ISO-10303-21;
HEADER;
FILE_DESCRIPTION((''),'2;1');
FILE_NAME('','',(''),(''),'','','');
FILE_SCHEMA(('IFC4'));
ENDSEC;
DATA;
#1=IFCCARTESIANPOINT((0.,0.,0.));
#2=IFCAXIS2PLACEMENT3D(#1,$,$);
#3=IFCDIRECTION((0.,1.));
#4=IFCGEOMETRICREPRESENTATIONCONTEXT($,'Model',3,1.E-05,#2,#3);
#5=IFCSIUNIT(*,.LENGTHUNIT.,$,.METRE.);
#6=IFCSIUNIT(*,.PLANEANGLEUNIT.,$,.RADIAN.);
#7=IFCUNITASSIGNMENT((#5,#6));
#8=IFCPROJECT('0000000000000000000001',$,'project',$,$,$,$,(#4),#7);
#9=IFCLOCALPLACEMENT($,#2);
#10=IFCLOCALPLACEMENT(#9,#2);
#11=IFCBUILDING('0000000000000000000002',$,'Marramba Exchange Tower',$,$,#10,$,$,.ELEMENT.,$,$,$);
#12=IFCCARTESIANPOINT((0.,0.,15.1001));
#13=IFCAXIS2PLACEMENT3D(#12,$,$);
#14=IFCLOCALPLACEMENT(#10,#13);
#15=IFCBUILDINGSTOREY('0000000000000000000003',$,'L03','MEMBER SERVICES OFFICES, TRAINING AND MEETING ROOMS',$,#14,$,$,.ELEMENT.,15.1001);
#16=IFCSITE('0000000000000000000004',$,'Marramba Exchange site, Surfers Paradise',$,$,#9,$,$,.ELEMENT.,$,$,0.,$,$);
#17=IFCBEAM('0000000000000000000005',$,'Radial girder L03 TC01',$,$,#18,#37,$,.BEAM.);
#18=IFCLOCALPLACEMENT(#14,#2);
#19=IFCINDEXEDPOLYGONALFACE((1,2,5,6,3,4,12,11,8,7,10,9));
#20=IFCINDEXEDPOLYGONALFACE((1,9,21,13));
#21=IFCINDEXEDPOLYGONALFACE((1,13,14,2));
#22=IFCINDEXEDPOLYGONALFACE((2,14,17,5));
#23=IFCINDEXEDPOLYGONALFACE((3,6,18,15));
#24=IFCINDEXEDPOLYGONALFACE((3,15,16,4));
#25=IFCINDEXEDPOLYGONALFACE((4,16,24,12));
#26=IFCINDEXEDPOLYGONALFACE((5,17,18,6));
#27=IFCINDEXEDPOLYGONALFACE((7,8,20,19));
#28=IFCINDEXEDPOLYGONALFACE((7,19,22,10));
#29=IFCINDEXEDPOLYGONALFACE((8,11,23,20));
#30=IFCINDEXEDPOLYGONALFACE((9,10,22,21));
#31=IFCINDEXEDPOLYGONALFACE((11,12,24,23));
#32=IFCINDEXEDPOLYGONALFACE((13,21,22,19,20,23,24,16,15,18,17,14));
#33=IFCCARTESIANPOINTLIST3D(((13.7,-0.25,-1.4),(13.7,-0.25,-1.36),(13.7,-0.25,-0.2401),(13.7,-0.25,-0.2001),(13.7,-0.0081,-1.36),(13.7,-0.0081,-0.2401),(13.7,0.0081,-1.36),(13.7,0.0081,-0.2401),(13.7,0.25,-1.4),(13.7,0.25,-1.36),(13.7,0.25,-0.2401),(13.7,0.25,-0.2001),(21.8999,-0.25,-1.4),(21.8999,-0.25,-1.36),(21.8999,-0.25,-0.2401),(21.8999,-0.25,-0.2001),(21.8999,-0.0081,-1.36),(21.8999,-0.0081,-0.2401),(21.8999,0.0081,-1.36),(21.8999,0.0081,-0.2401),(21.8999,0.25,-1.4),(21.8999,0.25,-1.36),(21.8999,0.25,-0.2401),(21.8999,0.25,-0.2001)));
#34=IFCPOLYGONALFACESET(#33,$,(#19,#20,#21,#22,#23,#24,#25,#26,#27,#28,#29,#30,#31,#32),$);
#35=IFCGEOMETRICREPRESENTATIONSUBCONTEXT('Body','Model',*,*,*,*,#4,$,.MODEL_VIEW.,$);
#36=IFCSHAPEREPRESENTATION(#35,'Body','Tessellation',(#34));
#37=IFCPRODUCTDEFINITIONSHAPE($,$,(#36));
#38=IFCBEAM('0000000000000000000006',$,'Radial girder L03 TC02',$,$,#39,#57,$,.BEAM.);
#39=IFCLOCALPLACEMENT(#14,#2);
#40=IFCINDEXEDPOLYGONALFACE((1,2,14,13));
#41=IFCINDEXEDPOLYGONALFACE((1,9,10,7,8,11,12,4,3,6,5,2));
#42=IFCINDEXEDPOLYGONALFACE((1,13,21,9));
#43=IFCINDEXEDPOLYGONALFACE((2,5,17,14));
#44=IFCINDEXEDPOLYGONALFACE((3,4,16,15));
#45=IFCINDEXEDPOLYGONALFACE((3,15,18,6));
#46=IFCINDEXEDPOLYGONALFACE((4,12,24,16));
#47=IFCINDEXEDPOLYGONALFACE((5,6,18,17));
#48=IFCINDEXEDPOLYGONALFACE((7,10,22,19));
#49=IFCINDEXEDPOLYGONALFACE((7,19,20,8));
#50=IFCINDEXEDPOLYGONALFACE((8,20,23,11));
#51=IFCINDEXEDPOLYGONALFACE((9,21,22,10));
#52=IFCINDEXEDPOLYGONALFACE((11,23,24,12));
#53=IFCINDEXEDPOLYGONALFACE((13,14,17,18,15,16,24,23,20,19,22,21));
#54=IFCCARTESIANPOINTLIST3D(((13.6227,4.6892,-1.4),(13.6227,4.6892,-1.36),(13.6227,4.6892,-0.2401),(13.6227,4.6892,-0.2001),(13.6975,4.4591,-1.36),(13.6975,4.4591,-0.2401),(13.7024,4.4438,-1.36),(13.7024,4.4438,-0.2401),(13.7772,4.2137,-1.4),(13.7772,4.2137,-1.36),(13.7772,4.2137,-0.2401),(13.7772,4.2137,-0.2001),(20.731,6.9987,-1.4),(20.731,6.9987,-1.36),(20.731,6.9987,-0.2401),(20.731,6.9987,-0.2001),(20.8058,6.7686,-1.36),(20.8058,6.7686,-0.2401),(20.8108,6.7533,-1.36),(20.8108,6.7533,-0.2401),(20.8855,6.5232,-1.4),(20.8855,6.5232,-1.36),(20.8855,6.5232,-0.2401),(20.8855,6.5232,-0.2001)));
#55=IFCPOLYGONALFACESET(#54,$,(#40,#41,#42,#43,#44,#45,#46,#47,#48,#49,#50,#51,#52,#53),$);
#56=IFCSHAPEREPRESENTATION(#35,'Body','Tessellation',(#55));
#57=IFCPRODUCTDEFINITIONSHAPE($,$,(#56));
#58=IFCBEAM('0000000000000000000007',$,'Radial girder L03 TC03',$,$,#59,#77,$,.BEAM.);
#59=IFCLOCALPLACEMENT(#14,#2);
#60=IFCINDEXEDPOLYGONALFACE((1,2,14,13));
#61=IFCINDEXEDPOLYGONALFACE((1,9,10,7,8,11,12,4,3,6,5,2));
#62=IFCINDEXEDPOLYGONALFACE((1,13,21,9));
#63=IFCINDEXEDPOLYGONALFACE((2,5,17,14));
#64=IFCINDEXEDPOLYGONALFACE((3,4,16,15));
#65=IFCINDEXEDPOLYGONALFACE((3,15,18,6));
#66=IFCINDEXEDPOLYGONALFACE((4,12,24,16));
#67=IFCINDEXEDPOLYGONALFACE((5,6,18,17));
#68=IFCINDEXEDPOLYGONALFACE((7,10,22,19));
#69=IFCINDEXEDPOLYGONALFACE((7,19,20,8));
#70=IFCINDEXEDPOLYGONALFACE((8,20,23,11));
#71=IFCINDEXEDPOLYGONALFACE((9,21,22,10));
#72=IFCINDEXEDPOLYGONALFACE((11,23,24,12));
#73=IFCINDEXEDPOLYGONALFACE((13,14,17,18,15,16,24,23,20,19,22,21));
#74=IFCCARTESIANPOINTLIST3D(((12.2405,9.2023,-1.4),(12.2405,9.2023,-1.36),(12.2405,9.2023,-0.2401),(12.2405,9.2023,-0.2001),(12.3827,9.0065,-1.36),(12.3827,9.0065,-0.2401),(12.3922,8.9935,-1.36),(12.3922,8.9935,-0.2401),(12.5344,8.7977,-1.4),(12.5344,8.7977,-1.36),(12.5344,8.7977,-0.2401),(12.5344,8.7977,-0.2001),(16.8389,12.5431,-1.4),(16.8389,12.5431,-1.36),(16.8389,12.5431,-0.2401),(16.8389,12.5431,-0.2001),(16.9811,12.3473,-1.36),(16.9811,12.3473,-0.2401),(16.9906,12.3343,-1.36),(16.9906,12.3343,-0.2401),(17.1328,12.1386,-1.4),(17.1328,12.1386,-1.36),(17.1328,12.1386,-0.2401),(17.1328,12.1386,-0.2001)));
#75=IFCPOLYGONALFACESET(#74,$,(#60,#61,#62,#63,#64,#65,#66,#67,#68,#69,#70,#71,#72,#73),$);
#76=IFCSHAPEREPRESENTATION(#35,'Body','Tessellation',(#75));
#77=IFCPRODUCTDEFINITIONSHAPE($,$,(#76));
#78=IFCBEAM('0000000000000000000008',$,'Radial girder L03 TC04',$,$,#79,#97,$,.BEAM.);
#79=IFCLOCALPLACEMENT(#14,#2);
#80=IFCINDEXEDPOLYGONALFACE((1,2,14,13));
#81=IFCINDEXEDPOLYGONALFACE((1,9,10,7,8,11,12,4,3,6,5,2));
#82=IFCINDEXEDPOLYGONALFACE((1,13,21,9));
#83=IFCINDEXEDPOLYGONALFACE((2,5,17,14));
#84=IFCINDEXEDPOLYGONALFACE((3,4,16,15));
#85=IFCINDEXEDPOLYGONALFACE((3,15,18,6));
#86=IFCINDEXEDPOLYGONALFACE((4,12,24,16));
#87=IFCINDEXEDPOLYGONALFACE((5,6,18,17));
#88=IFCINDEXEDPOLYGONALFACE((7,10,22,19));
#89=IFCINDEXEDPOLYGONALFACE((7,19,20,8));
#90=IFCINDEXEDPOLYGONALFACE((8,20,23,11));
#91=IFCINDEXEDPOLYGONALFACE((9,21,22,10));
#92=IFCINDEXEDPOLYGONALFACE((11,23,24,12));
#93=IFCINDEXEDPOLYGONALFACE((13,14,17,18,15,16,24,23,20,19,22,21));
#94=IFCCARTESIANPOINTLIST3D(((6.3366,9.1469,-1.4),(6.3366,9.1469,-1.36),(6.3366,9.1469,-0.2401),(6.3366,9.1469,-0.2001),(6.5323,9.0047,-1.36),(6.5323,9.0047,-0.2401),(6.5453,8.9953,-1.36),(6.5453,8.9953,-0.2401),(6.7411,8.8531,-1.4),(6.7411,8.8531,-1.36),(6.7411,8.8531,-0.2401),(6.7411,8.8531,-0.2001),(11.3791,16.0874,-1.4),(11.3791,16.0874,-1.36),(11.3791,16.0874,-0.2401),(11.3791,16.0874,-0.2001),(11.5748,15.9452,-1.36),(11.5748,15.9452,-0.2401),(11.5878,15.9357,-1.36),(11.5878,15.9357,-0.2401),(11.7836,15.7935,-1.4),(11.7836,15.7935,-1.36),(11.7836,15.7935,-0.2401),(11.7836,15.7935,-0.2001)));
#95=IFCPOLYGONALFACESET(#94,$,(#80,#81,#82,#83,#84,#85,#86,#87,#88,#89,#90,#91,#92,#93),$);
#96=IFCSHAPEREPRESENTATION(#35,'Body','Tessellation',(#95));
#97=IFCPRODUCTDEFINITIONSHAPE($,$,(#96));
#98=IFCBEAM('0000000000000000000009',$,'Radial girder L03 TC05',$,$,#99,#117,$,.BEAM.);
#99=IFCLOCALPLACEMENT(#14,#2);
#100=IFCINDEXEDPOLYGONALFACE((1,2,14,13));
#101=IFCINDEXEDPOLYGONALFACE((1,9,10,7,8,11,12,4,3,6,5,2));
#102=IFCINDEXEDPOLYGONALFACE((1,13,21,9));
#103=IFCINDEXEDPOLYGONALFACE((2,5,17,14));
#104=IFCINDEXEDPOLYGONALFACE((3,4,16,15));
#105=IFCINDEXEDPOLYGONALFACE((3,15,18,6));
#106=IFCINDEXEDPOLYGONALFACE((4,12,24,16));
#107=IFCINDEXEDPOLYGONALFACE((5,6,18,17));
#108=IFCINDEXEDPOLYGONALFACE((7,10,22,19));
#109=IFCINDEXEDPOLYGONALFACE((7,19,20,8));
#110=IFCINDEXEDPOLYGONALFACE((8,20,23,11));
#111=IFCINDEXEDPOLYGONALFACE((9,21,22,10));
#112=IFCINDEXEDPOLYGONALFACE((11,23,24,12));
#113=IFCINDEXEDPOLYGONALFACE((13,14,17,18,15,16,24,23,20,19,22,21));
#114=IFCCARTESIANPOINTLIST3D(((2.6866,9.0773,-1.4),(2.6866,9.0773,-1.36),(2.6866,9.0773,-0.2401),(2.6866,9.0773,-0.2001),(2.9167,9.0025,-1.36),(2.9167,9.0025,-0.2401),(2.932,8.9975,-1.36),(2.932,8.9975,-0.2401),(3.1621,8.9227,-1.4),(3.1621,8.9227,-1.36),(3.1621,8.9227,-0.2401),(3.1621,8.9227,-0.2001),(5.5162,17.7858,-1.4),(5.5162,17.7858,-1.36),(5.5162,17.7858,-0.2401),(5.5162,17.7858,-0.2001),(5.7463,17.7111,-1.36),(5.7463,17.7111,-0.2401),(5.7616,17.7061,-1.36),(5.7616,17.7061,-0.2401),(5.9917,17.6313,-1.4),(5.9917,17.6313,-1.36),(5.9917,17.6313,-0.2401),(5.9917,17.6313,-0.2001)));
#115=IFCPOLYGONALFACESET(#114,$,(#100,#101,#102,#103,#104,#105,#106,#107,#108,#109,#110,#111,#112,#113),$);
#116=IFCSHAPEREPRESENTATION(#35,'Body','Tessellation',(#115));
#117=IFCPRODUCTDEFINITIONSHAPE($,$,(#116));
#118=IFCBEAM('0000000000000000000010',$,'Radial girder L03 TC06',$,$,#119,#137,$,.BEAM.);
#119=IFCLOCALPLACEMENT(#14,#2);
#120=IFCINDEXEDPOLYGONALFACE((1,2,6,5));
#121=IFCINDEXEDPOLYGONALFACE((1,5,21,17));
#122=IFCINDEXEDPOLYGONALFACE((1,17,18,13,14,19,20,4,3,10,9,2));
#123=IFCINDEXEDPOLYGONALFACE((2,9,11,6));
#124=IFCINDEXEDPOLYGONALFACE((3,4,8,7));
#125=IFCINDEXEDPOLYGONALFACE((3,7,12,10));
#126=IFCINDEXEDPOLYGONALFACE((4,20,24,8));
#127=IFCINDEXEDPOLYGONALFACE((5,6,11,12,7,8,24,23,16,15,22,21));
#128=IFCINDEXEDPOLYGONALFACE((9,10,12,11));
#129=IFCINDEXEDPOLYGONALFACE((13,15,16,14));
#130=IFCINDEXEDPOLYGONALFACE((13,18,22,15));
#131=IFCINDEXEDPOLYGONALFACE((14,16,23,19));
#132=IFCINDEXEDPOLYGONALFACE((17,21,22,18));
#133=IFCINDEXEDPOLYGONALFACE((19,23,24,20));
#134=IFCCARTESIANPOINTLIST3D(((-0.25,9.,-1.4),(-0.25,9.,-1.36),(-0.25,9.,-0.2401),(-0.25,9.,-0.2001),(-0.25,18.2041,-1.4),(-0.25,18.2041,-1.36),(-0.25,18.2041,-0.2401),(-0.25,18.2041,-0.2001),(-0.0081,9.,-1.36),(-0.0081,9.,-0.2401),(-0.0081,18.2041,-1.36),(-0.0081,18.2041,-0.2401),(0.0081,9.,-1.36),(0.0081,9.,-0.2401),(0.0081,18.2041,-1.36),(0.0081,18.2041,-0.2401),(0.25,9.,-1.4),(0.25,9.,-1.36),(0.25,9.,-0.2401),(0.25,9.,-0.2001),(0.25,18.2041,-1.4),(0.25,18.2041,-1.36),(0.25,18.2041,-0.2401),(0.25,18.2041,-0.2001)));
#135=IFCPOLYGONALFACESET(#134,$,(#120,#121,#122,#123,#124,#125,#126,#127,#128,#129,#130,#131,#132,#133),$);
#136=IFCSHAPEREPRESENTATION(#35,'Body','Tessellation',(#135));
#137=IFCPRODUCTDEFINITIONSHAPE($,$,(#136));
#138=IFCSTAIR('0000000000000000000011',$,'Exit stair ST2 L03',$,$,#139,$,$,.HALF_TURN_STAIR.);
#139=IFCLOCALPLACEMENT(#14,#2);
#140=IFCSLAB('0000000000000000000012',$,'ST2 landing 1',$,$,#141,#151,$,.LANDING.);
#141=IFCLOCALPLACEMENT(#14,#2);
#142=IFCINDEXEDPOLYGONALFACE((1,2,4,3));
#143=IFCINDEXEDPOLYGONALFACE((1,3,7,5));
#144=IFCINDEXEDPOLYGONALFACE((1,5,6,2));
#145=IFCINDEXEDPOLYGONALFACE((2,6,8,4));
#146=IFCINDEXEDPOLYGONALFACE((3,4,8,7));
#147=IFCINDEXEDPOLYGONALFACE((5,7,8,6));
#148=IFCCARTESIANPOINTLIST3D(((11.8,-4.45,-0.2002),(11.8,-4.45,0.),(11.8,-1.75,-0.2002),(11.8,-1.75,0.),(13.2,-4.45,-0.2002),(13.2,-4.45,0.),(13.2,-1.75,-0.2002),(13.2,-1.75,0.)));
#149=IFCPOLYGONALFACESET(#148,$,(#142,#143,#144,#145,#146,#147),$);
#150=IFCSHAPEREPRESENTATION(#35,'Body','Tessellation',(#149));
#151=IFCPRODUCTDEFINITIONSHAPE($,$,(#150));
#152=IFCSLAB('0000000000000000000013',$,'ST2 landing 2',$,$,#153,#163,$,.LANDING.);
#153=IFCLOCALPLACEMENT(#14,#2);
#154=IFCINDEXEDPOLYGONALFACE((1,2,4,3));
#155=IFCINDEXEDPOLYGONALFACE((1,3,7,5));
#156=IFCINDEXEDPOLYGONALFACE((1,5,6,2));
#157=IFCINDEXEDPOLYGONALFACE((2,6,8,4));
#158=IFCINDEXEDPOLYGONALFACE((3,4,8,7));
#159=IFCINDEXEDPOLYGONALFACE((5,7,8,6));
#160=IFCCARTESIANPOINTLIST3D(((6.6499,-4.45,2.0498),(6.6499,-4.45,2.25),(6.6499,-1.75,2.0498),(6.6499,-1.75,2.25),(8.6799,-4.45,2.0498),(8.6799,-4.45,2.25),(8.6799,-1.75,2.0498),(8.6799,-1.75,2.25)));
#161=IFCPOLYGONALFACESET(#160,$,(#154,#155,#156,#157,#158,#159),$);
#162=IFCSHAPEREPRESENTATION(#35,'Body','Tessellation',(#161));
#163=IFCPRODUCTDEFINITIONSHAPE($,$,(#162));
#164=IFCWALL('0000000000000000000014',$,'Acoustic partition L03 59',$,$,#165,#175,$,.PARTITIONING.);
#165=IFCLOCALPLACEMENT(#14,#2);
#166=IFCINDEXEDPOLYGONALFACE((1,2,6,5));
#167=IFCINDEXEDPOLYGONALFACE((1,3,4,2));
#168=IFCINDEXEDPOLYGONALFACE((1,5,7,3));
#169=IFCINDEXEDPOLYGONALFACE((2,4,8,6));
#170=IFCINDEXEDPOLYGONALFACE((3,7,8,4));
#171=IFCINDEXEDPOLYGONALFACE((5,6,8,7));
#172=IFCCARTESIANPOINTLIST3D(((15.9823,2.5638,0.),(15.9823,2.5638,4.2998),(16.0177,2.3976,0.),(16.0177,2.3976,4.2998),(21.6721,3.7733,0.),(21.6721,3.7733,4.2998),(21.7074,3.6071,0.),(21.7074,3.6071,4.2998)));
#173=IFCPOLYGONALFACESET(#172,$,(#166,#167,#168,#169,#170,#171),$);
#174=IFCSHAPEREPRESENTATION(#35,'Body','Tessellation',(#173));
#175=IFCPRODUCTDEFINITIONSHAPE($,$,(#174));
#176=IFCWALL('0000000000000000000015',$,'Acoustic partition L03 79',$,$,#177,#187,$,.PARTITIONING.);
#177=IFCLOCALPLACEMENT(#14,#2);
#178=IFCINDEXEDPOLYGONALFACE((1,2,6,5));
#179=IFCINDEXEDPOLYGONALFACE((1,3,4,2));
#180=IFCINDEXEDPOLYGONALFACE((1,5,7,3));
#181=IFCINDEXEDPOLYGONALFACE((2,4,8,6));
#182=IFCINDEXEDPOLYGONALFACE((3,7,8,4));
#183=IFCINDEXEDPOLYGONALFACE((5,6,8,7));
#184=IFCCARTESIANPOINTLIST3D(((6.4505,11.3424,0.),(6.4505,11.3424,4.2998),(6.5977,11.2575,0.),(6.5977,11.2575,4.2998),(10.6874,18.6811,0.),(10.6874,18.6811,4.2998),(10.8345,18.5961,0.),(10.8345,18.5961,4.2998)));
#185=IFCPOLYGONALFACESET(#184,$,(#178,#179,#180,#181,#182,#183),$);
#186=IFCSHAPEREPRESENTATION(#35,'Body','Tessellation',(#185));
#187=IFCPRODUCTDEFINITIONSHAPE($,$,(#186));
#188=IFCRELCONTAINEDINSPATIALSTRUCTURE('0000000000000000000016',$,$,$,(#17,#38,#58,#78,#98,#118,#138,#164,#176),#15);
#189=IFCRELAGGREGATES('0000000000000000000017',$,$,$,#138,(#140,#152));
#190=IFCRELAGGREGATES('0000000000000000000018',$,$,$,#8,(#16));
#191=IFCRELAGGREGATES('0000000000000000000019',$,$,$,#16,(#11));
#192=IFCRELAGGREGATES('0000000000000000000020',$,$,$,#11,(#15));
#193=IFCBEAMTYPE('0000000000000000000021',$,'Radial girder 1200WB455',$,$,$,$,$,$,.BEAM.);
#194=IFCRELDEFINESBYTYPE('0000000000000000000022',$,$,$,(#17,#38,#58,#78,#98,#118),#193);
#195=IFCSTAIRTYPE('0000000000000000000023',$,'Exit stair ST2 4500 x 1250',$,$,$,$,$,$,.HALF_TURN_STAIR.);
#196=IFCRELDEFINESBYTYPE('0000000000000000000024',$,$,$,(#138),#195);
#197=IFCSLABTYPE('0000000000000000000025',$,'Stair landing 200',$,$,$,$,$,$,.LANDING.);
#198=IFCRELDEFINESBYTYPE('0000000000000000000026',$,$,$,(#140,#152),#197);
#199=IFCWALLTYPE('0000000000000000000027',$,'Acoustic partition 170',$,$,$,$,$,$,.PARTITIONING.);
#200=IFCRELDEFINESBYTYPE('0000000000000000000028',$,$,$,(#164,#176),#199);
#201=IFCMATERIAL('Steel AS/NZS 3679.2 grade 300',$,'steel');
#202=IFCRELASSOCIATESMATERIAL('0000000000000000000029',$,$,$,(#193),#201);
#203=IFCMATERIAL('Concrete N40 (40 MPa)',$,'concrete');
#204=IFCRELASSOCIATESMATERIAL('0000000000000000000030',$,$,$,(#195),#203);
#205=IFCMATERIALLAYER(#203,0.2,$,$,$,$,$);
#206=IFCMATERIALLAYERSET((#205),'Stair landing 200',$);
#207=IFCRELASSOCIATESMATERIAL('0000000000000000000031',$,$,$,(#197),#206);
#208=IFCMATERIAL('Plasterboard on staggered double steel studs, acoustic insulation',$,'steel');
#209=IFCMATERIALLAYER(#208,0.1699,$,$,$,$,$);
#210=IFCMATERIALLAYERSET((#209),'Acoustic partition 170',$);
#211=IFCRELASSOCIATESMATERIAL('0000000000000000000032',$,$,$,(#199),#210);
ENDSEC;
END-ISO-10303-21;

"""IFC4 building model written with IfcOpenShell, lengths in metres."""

from ifc_helpers import new_model, si_unit, direction, frame, frame_2d, origin, origin_2d, place, context, subcontext, project, spatial, polyline, rectangle, i_section, outline, extrude, material, layer, layer_set, material_profile, profile_set, type_object, element, aggregate, save


model = new_model("IFC4")

# Units and contexts
model_context = context("Model", 3, precision=1e-05, world=origin(), true_north=direction((0.0, 1.0)))
body_context = subcontext(model_context, "Body", "Model", "MODEL_VIEW")
ifc_project = project(units=[si_unit("LENGTHUNIT", "METRE"), si_unit("PLANEANGLEUNIT", "RADIAN")], contexts=[model_context])

# Site, building, storey
site_placement = place(None, origin())
site = spatial("IfcSite", under=ifc_project, at=site_placement, Name="Marramba Exchange site, Surfers Paradise", CompositionType="ELEMENT", RefElevation=0.0)
building_placement = place(site_placement, origin())
building = spatial("IfcBuilding", under=site, at=building_placement, Name="Marramba Exchange Tower", CompositionType="ELEMENT")
storey_placement = place(building_placement, frame((0.0, 0.0, 15.1001)))
storey = spatial("IfcBuildingStorey", under=building, at=storey_placement, Name="L03", Description="MEMBER SERVICES OFFICES, TRAINING AND MEETING ROOMS", CompositionType="ELEMENT", Elevation=15.1001)

# Beams
ifc_material_1 = material(Name="Steel AS/NZS 3679.2 grade 300", Category="steel")
ifc_material_profile = material_profile(ifc_material_1, i_section(OverallWidth=0.5, OverallDepth=1.2, WebThickness=0.0161, FlangeThickness=0.04, at=origin_2d()), Name="1200WB455")
ifc_profile_set = profile_set([ifc_material_profile], Name="Steel AS/NZS 3679.2 grade 300")
beam_type = type_object("IfcBeamType", Name="Radial girder 1200WB455", PredefinedType="BEAM", material=ifc_profile_set)
beam_1_placement = place(storey_placement, frame((13.7, 0.0, -0.8), z_axis=(1.0, 0.0, 0.0), x_axis=(0.0, 1.0, 0.0)))
element("IfcBeam", 1, at=beam_1_placement, inside=storey, type_object=beam_type, Name="Radial girder L03 TC01", PredefinedType="BEAM", context=body_context, shape_type="SweptSolid", body=[
    extrude(i_section(OverallWidth=0.5, OverallDepth=1.2, WebThickness=0.0161, FlangeThickness=0.04, at=origin_2d()), origin(), (0.0, 0.0, 1.0), 8.2),
])
beam_2_placement = place(storey_placement, frame((13.7, 4.4514, -0.8), z_axis=(0.95106, 0.309006, 0.0), x_axis=(-0.309006, 0.95106, 0.0)))
element("IfcBeam", 2, at=beam_2_placement, inside=storey, type_object=beam_type, Name="Radial girder L03 TC02", PredefinedType="BEAM", context=body_context, shape_type="SweptSolid", body=[
    extrude(i_section(OverallWidth=0.5, OverallDepth=1.2, WebThickness=0.0161, FlangeThickness=0.04, at=origin_2d()), origin(), (0.0, 0.0, 1.0), 7.4741),
])
beam_3_placement = place(storey_placement, frame((12.3875, 9.0, -0.8), z_axis=(0.809026, 0.587773, 0.0), x_axis=(-0.587773, 0.809026, 0.0)))
element("IfcBeam", 3, at=beam_3_placement, inside=storey, type_object=beam_type, Name="Radial girder L03 TC03", PredefinedType="BEAM", context=body_context, shape_type="SweptSolid", body=[
    extrude(i_section(OverallWidth=0.5, OverallDepth=1.2, WebThickness=0.0161, FlangeThickness=0.04, at=origin_2d()), origin(), (0.0, 0.0, 1.0), 5.6838),
])
beam_4_placement = place(storey_placement, frame((6.5388, 9.0, -0.8), z_axis=(0.587782, 0.809019, 0.0), x_axis=(-0.809019, 0.587782, 0.0)))
element("IfcBeam", 4, at=beam_4_placement, inside=storey, type_object=beam_type, Name="Radial girder L03 TC04", PredefinedType="BEAM", context=body_context, shape_type="SweptSolid", body=[
    extrude(i_section(OverallWidth=0.5, OverallDepth=1.2, WebThickness=0.0161, FlangeThickness=0.04, at=origin_2d()), origin(), (0.0, 0.0, 1.0), 8.5789),
])
beam_5_placement = place(storey_placement, frame((2.9243, 9.0, -0.8), z_axis=(0.30902, 0.951056, 0.0), x_axis=(-0.951056, 0.30902, 0.0)))
element("IfcBeam", 5, at=beam_5_placement, inside=storey, type_object=beam_type, Name="Radial girder L03 TC05", PredefinedType="BEAM", context=body_context, shape_type="SweptSolid", body=[
    extrude(i_section(OverallWidth=0.5, OverallDepth=1.2, WebThickness=0.0161, FlangeThickness=0.04, at=origin_2d()), origin(), (0.0, 0.0, 1.0), 9.1567),
])
beam_6_placement = place(storey_placement, frame((0.0, 9.0, -0.8), z_axis=(0.0, 1.0, 0.0), x_axis=(-1.0, 0.0, 0.0)))
element("IfcBeam", 6, at=beam_6_placement, inside=storey, type_object=beam_type, Name="Radial girder L03 TC06", PredefinedType="BEAM", context=body_context, shape_type="SweptSolid", body=[
    extrude(i_section(OverallWidth=0.5, OverallDepth=1.2, WebThickness=0.0161, FlangeThickness=0.04, at=origin_2d()), origin(), (0.0, 0.0, 1.0), 9.2041),
])

# Stair, slabs
ifc_material_2 = material(Name="Concrete N40 (40 MPa)", Category="concrete")
stair_type = type_object("IfcStairType", Name="Exit stair ST2 4500 x 1250", PredefinedType="HALF_TURN_STAIR", material=ifc_material_2)
stair_placement = place(storey_placement, origin())
stair = element("IfcStair", 7, at=stair_placement, inside=storey, type_object=stair_type, Name="Exit stair ST2 L03", PredefinedType="HALF_TURN_STAIR")
ifc_layer_1 = layer(ifc_material_2, 0.2)
ifc_layer_set_1 = layer_set([ifc_layer_1], Name="Stair landing 200")
slab_type = type_object("IfcSlabType", Name="Stair landing 200", PredefinedType="LANDING", material=ifc_layer_set_1)
slab_1_placement = place(storey_placement, frame((0.0, 0.0, -0.2002)))
slab_1 = element("IfcSlab", 8, at=slab_1_placement, type_object=slab_type, Name="ST2 landing 1", PredefinedType="LANDING", context=body_context, shape_type="SweptSolid", body=[
    extrude(outline(polyline([(11.8, -4.45), (13.2, -4.45), (13.2, -1.75), (11.8, -1.75), (11.8, -4.45)])), origin(), (0.0, 0.0, 1.0), 0.2002),
])
slab_2_placement = place(storey_placement, frame((0.0, 0.0, 2.0498)))
slab_2 = element("IfcSlab", 9, at=slab_2_placement, type_object=slab_type, Name="ST2 landing 2", PredefinedType="LANDING", context=body_context, shape_type="SweptSolid", body=[
    extrude(outline(polyline([(6.6499, -4.45), (8.6799, -4.45), (8.6799, -1.75), (6.6499, -1.75), (6.6499, -4.45)])), origin(), (0.0, 0.0, 1.0), 0.2002),
])
aggregate(stair, [slab_1, slab_2])

# Walls
ifc_material_3 = material(Name="Plasterboard on staggered double steel studs, acoustic insulation", Category="steel")
ifc_layer_2 = layer(ifc_material_3, 0.1699)
ifc_layer_set_2 = layer_set([ifc_layer_2], Name="Acoustic partition 170")
wall_type_1 = type_object("IfcWallType", Name="Acoustic partition 170", PredefinedType="PARTITIONING", material=ifc_layer_set_2)
wall_1_placement = place(storey_placement, frame((16.0, 2.4807, 0.0), z_axis=(0.0, 0.0, 1.0), x_axis=(0.978144, 0.207927, 0.0)))
element("IfcWall", 10, at=wall_1_placement, inside=storey, type_object=wall_type_1, Name="Acoustic partition L03 59", PredefinedType="PARTITIONING", context=body_context, shape_type="SweptSolid", body=[
    extrude(rectangle(XDim=5.8169, YDim=0.1699, at=frame_2d((2.9084, 0.0))), origin(), (0.0, 0.0, 1.0), 4.2998),
])
wall_2_placement = place(storey_placement, frame((6.5242, 11.3, 0.0), z_axis=(0.0, 0.0, 1.0), x_axis=(0.499988, 0.866033, 0.0)))
element("IfcWall", 11, at=wall_2_placement, inside=storey, type_object=wall_type_1, Name="Acoustic partition L03 79", PredefinedType="PARTITIONING", context=body_context, shape_type="SweptSolid", body=[
    extrude(rectangle(XDim=8.4739, YDim=0.1699, at=frame_2d((4.2368, 0.0))), origin(), (0.0, 0.0, 1.0), 4.2998),
])

save(model, "model.ifc")
